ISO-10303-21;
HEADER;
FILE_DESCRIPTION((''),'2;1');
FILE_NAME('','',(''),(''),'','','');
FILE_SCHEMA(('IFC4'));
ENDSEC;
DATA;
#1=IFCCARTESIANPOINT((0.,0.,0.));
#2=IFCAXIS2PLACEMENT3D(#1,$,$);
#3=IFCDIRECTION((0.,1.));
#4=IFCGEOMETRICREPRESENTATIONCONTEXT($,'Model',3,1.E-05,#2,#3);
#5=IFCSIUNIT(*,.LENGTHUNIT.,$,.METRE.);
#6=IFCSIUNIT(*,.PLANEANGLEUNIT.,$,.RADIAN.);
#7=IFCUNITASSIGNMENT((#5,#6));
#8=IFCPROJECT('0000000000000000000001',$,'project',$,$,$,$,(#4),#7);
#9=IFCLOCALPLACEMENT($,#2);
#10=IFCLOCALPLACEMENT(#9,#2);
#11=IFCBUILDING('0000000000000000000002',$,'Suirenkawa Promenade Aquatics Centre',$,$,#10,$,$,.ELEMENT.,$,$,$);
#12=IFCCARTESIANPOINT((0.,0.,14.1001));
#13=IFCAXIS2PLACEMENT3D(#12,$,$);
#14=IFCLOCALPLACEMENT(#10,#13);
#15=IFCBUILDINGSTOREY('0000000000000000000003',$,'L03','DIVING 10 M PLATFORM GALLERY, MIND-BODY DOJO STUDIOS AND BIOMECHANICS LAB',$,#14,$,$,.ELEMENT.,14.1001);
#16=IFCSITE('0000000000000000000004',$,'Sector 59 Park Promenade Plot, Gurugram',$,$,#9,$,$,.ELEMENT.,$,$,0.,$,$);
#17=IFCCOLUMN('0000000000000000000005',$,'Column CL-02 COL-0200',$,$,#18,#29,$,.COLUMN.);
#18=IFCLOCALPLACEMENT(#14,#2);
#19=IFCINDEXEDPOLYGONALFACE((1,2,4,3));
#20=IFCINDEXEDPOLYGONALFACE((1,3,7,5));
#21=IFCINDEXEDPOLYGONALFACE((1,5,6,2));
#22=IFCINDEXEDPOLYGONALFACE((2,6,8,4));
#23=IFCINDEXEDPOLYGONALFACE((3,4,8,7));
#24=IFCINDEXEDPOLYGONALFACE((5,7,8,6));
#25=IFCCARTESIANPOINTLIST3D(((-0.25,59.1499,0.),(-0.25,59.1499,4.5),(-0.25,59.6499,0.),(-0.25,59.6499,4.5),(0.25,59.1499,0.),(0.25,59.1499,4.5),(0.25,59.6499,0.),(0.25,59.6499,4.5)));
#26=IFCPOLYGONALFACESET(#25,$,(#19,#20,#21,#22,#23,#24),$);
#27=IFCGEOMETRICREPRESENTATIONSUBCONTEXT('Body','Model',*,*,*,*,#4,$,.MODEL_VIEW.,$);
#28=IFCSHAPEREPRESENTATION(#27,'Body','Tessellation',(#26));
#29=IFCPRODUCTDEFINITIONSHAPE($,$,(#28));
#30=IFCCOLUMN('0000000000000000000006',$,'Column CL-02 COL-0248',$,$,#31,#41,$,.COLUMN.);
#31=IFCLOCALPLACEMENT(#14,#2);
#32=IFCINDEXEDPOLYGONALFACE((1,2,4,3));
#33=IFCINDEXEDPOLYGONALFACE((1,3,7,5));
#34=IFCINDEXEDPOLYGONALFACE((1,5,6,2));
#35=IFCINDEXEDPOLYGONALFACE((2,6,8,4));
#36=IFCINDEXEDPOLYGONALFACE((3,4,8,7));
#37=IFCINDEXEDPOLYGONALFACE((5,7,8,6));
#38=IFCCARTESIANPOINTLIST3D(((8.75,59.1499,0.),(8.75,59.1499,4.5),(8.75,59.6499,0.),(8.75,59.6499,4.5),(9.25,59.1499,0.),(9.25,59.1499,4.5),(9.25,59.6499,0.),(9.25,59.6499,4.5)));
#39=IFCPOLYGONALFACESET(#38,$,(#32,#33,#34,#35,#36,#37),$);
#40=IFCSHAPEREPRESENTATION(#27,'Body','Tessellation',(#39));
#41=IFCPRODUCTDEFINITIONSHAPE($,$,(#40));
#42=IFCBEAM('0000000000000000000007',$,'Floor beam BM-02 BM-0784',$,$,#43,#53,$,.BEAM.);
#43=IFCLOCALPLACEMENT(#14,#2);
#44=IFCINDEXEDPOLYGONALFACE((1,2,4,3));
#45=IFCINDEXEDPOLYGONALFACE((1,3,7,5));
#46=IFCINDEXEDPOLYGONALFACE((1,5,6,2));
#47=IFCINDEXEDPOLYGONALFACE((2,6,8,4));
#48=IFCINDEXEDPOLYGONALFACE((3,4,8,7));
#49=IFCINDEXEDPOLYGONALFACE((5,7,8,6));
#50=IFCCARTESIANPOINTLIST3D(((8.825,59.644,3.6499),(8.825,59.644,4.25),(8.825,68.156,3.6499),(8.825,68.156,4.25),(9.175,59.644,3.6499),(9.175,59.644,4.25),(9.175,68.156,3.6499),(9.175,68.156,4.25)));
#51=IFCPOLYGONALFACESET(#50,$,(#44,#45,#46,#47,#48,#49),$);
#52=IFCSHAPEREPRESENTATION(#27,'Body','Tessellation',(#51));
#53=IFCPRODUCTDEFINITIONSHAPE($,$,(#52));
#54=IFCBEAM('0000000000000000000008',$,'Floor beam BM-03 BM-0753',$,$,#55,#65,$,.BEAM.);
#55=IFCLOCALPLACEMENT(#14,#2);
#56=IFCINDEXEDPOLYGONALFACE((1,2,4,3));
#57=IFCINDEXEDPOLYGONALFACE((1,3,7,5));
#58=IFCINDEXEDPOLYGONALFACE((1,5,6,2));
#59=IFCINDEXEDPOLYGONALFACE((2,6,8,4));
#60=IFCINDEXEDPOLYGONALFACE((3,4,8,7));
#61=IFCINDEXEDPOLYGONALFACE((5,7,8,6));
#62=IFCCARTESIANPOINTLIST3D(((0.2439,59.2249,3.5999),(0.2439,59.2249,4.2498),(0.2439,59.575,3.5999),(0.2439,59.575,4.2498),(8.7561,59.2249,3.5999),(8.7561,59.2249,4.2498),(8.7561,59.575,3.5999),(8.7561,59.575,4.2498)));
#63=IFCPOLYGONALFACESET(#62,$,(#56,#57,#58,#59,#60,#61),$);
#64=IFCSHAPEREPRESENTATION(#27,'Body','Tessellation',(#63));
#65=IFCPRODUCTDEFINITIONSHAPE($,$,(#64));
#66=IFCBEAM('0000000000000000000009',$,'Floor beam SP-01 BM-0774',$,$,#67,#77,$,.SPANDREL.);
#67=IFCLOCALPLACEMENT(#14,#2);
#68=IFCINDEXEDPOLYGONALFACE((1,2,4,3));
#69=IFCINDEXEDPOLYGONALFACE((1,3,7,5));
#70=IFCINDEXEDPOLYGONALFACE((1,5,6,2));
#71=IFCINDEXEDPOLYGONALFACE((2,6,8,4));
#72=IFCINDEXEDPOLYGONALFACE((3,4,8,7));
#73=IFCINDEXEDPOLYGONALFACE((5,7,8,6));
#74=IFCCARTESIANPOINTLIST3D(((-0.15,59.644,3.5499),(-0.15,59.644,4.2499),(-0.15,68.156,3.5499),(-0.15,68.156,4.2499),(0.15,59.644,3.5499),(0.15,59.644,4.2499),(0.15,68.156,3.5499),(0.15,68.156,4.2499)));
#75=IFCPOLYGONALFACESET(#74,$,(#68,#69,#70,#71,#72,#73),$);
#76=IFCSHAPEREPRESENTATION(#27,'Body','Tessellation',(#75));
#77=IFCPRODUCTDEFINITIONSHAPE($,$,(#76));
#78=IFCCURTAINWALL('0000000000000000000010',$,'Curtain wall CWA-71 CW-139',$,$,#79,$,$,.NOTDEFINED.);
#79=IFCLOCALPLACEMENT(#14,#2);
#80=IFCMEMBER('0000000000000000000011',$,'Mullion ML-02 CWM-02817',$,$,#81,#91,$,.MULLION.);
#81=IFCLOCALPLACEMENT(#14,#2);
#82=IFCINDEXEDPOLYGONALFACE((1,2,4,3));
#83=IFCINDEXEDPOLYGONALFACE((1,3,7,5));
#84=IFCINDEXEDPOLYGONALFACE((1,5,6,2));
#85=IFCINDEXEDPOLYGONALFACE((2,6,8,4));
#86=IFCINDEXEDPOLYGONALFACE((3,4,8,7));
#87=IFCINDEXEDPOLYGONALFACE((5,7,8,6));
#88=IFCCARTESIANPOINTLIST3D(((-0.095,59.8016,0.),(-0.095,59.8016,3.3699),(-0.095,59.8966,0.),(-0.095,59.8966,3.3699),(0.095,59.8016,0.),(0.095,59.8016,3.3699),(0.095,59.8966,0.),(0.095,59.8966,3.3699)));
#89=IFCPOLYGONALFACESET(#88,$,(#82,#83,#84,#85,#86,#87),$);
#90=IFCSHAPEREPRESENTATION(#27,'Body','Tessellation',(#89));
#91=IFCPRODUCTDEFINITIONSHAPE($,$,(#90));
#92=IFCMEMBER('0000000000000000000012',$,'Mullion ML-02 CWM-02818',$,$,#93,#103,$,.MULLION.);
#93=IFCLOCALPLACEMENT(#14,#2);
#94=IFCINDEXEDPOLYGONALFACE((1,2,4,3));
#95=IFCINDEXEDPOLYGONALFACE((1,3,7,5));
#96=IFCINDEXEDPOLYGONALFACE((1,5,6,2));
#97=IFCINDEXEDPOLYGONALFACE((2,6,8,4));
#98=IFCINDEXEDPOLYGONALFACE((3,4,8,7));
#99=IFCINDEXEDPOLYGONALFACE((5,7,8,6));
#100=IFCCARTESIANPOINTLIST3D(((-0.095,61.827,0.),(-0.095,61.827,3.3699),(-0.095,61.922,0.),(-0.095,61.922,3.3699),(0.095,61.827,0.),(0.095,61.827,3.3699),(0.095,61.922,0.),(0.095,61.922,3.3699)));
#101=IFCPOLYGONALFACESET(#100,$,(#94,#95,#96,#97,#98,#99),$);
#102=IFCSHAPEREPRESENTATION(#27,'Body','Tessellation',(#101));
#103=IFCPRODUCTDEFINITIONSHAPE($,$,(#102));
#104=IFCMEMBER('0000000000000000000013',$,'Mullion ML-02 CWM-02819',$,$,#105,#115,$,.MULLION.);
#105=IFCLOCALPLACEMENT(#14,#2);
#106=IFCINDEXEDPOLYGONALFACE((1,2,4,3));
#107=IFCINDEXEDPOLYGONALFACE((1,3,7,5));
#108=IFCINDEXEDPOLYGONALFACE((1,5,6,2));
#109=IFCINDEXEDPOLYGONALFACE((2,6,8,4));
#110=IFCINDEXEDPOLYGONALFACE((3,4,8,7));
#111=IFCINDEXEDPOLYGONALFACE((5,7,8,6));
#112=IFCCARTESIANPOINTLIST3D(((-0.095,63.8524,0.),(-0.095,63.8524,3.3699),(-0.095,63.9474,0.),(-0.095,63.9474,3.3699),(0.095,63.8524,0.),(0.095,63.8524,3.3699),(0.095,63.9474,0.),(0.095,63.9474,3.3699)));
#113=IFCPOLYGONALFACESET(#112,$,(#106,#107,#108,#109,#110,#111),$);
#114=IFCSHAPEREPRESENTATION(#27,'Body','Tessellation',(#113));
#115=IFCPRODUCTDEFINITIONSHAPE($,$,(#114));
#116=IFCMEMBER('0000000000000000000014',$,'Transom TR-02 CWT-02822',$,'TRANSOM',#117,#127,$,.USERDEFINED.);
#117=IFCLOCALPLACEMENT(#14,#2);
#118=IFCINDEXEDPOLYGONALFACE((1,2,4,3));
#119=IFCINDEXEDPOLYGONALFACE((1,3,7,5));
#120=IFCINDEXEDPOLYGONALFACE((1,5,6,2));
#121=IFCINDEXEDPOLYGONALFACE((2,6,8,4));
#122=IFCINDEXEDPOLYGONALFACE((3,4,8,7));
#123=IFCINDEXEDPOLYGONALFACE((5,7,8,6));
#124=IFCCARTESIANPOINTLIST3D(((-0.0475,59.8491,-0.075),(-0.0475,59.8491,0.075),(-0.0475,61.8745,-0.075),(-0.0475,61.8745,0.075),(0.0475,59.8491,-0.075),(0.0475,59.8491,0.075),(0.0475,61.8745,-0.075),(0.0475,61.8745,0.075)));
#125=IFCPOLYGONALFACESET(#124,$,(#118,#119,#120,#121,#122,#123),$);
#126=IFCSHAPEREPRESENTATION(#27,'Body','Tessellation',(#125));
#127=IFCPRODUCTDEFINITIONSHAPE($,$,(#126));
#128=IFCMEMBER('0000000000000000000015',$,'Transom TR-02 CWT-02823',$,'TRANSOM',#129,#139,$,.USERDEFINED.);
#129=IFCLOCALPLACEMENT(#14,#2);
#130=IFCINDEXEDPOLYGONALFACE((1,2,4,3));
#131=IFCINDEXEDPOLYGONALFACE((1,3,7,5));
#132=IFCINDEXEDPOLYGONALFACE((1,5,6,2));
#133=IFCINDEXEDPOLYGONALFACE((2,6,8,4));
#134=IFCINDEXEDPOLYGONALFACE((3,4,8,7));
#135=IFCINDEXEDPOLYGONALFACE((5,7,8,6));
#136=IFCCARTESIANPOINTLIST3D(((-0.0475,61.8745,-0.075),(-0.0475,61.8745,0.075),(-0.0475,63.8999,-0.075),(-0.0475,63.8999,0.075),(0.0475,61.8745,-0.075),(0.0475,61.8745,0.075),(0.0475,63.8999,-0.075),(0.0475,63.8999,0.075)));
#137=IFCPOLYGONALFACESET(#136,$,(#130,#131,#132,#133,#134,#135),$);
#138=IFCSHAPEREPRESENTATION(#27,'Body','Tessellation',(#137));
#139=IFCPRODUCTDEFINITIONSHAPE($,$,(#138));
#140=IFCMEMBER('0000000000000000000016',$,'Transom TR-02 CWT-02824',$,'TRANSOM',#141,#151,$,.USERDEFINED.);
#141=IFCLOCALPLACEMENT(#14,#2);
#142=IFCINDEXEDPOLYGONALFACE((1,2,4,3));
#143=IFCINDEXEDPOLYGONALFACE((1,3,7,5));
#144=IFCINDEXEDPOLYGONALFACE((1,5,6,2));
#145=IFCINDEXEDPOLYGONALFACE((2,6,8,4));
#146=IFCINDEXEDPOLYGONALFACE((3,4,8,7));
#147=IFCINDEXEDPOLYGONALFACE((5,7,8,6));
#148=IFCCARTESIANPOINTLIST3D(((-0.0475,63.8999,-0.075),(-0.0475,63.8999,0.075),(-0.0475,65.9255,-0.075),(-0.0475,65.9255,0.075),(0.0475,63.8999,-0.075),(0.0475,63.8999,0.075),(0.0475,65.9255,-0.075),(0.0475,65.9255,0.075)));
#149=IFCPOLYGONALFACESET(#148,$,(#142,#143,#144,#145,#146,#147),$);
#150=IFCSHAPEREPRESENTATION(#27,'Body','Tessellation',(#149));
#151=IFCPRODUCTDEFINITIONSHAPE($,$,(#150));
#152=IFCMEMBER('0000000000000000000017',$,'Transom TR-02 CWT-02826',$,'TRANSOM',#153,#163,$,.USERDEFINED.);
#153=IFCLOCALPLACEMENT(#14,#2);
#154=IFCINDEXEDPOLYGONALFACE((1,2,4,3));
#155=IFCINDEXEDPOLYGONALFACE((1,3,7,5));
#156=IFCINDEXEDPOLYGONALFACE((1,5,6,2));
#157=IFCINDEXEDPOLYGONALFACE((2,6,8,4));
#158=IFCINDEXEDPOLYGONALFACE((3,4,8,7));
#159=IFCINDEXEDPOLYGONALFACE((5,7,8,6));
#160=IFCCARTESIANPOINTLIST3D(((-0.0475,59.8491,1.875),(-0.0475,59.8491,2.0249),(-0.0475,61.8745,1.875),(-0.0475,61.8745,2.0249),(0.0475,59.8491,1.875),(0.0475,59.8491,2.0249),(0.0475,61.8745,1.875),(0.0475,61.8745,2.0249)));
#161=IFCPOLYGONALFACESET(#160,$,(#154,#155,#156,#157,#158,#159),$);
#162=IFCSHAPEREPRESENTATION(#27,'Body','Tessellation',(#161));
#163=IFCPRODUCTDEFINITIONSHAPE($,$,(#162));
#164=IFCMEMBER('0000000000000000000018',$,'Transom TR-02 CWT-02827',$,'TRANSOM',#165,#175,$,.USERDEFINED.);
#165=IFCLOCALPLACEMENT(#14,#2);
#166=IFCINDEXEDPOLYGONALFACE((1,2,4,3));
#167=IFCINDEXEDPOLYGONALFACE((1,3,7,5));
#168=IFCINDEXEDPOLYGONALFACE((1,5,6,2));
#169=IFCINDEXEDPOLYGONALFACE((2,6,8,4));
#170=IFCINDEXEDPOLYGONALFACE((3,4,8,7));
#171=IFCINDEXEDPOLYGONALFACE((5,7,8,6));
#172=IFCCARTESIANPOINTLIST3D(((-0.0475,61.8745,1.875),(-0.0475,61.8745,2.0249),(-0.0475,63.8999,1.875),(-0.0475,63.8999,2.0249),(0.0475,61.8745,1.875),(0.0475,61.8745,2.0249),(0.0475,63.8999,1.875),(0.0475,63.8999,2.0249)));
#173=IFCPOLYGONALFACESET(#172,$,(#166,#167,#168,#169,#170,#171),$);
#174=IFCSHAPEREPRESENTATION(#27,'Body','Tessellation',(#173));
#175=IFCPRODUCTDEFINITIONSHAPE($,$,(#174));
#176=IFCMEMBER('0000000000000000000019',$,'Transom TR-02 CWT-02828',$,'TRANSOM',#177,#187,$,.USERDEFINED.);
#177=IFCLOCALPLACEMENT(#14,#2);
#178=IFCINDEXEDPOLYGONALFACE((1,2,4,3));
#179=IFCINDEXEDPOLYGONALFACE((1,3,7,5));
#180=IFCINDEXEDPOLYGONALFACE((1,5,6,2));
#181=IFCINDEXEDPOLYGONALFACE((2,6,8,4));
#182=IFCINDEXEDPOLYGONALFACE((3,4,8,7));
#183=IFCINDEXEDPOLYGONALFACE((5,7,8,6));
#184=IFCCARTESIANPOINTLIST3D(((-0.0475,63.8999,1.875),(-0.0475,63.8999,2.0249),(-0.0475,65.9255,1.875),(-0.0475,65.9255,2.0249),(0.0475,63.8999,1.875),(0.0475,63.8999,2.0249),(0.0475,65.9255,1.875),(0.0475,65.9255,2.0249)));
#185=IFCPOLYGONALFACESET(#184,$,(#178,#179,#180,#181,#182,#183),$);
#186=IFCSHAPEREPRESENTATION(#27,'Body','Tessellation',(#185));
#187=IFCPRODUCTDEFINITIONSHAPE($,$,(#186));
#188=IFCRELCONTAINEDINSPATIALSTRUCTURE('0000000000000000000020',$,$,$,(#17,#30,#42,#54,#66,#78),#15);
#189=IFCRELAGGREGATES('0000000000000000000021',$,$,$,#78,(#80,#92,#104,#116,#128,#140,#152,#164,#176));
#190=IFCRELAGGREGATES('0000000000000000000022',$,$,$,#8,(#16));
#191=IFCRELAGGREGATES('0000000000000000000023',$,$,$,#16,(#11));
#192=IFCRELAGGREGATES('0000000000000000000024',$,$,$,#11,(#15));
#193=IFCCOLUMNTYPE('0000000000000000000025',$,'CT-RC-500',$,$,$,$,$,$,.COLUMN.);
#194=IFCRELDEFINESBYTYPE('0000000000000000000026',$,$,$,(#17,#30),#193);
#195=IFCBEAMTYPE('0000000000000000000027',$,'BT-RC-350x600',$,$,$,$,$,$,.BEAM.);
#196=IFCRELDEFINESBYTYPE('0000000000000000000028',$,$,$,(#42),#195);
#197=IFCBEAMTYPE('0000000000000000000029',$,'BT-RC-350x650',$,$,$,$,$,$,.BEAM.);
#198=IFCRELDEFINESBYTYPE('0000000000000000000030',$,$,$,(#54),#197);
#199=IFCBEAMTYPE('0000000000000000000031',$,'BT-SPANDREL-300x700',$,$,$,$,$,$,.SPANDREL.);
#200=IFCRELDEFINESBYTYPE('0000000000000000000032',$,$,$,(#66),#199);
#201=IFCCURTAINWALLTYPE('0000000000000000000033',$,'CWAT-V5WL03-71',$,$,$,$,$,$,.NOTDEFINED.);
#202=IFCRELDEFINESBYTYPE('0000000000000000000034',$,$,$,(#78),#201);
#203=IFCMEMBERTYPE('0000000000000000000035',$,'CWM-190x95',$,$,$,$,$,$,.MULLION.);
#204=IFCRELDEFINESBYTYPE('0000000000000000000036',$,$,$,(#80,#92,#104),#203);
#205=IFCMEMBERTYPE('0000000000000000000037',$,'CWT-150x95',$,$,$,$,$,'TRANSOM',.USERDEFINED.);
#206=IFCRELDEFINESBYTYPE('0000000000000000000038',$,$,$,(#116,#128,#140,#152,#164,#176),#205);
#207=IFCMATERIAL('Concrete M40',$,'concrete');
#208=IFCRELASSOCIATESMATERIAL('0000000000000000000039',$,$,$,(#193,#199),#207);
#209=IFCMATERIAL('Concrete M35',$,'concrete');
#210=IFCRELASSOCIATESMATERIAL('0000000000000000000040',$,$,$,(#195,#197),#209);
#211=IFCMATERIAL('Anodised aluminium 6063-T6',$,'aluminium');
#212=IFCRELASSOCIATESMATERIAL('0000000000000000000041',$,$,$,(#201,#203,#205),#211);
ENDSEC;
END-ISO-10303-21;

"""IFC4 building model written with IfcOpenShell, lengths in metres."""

from ifc_helpers import new_model, si_unit, direction, frame, origin, origin_2d, place, context, subcontext, project, spatial, rectangle, extrude, material, material_profile, profile_set, type_object, element, aggregate, save


model = new_model("IFC4")

# Units and contexts
model_context = context("Model", 3, precision=1e-05, world=origin(), true_north=direction((0.0, 1.0)))
body_context = subcontext(model_context, "Body", "Model", "MODEL_VIEW")
ifc_project = project(units=[si_unit("LENGTHUNIT", "METRE"), si_unit("PLANEANGLEUNIT", "RADIAN")], contexts=[model_context])

# Site, building, storey
site_placement = place(None, origin())
site = spatial("IfcSite", under=ifc_project, at=site_placement, Name="Sector 59 Park Promenade Plot, Gurugram", CompositionType="ELEMENT", RefElevation=0.0)
building_placement = place(site_placement, origin())
building = spatial("IfcBuilding", under=site, at=building_placement, Name="Suirenkawa Promenade Aquatics Centre", CompositionType="ELEMENT")
storey_placement = place(building_placement, frame((0.0, 0.0, 14.1001)))
storey = spatial("IfcBuildingStorey", under=building, at=storey_placement, Name="L03", Description="DIVING 10 M PLATFORM GALLERY, MIND-BODY DOJO STUDIOS AND BIOMECHANICS LAB", CompositionType="ELEMENT", Elevation=14.1001)

# Columns
ifc_material_1 = material(Name="Concrete M40", Category="concrete")
ifc_material_profile_1 = material_profile(ifc_material_1, rectangle(XDim=0.5, YDim=0.5, at=origin_2d()), Name="RC COL 500x500", Category="concrete")
ifc_profile_set_1 = profile_set([ifc_material_profile_1], Name="Concrete M40")
column_type = type_object("IfcColumnType", Name="CT-RC-500", PredefinedType="COLUMN", material=ifc_profile_set_1)
for number, where, z_axis, x_axis, name in (
    (1, (0.0, 59.3999, 0.0), (0.0, 0.0, 1.0), (1.0, 0.0, 0.0), "Column CL-02 COL-0200"),
    (2, (9.0, 59.3999, 0.0), (0.0, 0.0, 1.0), (1.0, 0.0, 0.0), "Column CL-02 COL-0248"),
):
    element("IfcColumn", number, at=place(storey_placement, frame(where, z_axis=z_axis, x_axis=x_axis)), inside=storey, type_object=column_type, Name=name, PredefinedType="COLUMN", context=body_context, shape_type="SweptSolid", body=[
        extrude(rectangle(XDim=0.5, YDim=0.5, at=origin_2d()), origin(), (0.0, 0.0, 1.0), 4.5),
    ])

# Beams
ifc_material_2 = material(Name="Concrete M35", Category="concrete")
ifc_material_profile_2 = material_profile(ifc_material_2, rectangle(XDim=0.3501, YDim=0.6001, at=origin_2d()), Name="RC BM 350x600", Category="concrete")
ifc_profile_set_2 = profile_set([ifc_material_profile_2], Name="Concrete M35")
beam_type_1 = type_object("IfcBeamType", Name="BT-RC-350x600", PredefinedType="BEAM", material=ifc_profile_set_2)
beam_1_placement = place(storey_placement, frame((9.0, 59.644, 3.95), z_axis=(0.0, 1.0, 0.0), x_axis=(-1.0, 0.0, 0.0)))
element("IfcBeam", 3, at=beam_1_placement, inside=storey, type_object=beam_type_1, Name="Floor beam BM-02 BM-0784", PredefinedType="BEAM", context=body_context, shape_type="SweptSolid", body=[
    extrude(rectangle(XDim=0.3501, YDim=0.6001, at=origin_2d()), origin(), (0.0, 0.0, 1.0), 8.512),
])
ifc_material_profile_3 = material_profile(ifc_material_2, rectangle(XDim=0.3501, YDim=0.6499, at=origin_2d()), Name="RC BM 350x650", Category="concrete")
ifc_profile_set_3 = profile_set([ifc_material_profile_3], Name="Concrete M35")
beam_type_2 = type_object("IfcBeamType", Name="BT-RC-350x650", PredefinedType="BEAM", material=ifc_profile_set_3)
beam_2_placement = place(storey_placement, frame((0.2439, 59.3999, 3.9248), z_axis=(1.0, 0.0, 0.0), x_axis=(0.0, 1.0, 0.0)))
element("IfcBeam", 4, at=beam_2_placement, inside=storey, type_object=beam_type_2, Name="Floor beam BM-03 BM-0753", PredefinedType="BEAM", context=body_context, shape_type="SweptSolid", body=[
    extrude(rectangle(XDim=0.3501, YDim=0.6499, at=origin_2d()), origin(), (0.0, 0.0, 1.0), 8.5122),
])
ifc_material_profile_4 = material_profile(ifc_material_1, rectangle(XDim=0.3, YDim=0.7, at=origin_2d()), Name="RC SPANDREL 300x700", Category="concrete")
ifc_profile_set_4 = profile_set([ifc_material_profile_4], Name="Concrete M40")
beam_type_3 = type_object("IfcBeamType", Name="BT-SPANDREL-300x700", PredefinedType="SPANDREL", material=ifc_profile_set_4)
beam_3_placement = place(storey_placement, frame((0.0, 59.644, 3.8999), z_axis=(0.0, 1.0, 0.0), x_axis=(-1.0, 0.0, 0.0)))
element("IfcBeam", 5, at=beam_3_placement, inside=storey, type_object=beam_type_3, Name="Floor beam SP-01 BM-0774", PredefinedType="SPANDREL", context=body_context, shape_type="SweptSolid", body=[
    extrude(rectangle(XDim=0.3, YDim=0.7, at=origin_2d()), origin(), (0.0, 0.0, 1.0), 8.512),
])

# Curtain wall, members
ifc_material_3 = material(Name="Anodised aluminium 6063-T6", Category="aluminium")
curtain_wall_type = type_object("IfcCurtainWallType", Name="CWAT-V5WL03-71", PredefinedType="NOTDEFINED", material=ifc_material_3)
curtain_wall_placement = place(storey_placement, origin())
curtain_wall = element("IfcCurtainWall", 6, at=curtain_wall_placement, inside=storey, type_object=curtain_wall_type, Name="Curtain wall CWA-71 CW-139", PredefinedType="NOTDEFINED")
ifc_material_profile_5 = material_profile(ifc_material_3, rectangle(XDim=0.095, YDim=0.1899, at=origin_2d()), Name="ALU MULL 95x190", Category="aluminium")
ifc_profile_set_5 = profile_set([ifc_material_profile_5], Name="Anodised aluminium 6063-T6")
member_type_1 = type_object("IfcMemberType", Name="CWM-190x95", PredefinedType="MULLION", material=ifc_profile_set_5)
member_1_placement = place(storey_placement, frame((0.0, 59.8491, 0.0), z_axis=(0.0, 0.0, 1.0), x_axis=(0.0, 1.0, 0.0)))
member_1 = element("IfcMember", 7, at=member_1_placement, type_object=member_type_1, Name="Mullion ML-02 CWM-02817", PredefinedType="MULLION", context=body_context, shape_type="SweptSolid", body=[
    extrude(rectangle(XDim=0.095, YDim=0.1899, at=origin_2d()), origin(), (0.0, 0.0, 1.0), 3.3699),
])
member_2_placement = place(storey_placement, frame((0.0, 61.8745, 0.0), z_axis=(0.0, 0.0, 1.0), x_axis=(0.0, 1.0, 0.0)))
member_2 = element("IfcMember", 8, at=member_2_placement, type_object=member_type_1, Name="Mullion ML-02 CWM-02818", PredefinedType="MULLION", context=body_context, shape_type="SweptSolid", body=[
    extrude(rectangle(XDim=0.095, YDim=0.1899, at=origin_2d()), origin(), (0.0, 0.0, 1.0), 3.3699),
])
member_3_placement = place(storey_placement, frame((0.0, 63.8999, 0.0), z_axis=(0.0, 0.0, 1.0), x_axis=(0.0, 1.0, 0.0)))
member_3 = element("IfcMember", 9, at=member_3_placement, type_object=member_type_1, Name="Mullion ML-02 CWM-02819", PredefinedType="MULLION", context=body_context, shape_type="SweptSolid", body=[
    extrude(rectangle(XDim=0.095, YDim=0.1899, at=origin_2d()), origin(), (0.0, 0.0, 1.0), 3.3699),
])
ifc_material_profile_6 = material_profile(ifc_material_3, rectangle(XDim=0.095, YDim=0.1499, at=origin_2d()), Name="ALU TRAN 95x150", Category="aluminium")
ifc_profile_set_6 = profile_set([ifc_material_profile_6], Name="Anodised aluminium 6063-T6")
member_type_2 = type_object("IfcMemberType", Name="CWT-150x95", ElementType="TRANSOM", PredefinedType="USERDEFINED", material=ifc_profile_set_6)
member_4_placement = place(storey_placement, frame((0.0, 59.8491, 0.0), z_axis=(0.0, 1.0, 0.0), x_axis=(-1.0, 0.0, 0.0)))
member_4 = element("IfcMember", 10, at=member_4_placement, type_object=member_type_2, Name="Transom TR-02 CWT-02822", ObjectType="TRANSOM", PredefinedType="USERDEFINED", context=body_context, shape_type="SweptSolid", body=[
    extrude(rectangle(XDim=0.095, YDim=0.1499, at=origin_2d()), origin(), (0.0, 0.0, 1.0), 2.0254),
])
member_5_placement = place(storey_placement, frame((0.0, 61.8745, 0.0), z_axis=(0.0, 1.0, 0.0), x_axis=(-1.0, 0.0, 0.0)))
member_5 = element("IfcMember", 11, at=member_5_placement, type_object=member_type_2, Name="Transom TR-02 CWT-02823", ObjectType="TRANSOM", PredefinedType="USERDEFINED", context=body_context, shape_type="SweptSolid", body=[
    extrude(rectangle(XDim=0.095, YDim=0.1499, at=origin_2d()), origin(), (0.0, 0.0, 1.0), 2.0254),
])
member_6_placement = place(storey_placement, frame((0.0, 63.8999, 0.0), z_axis=(0.0, 1.0, 0.0), x_axis=(-1.0, 0.0, 0.0)))
member_6 = element("IfcMember", 12, at=member_6_placement, type_object=member_type_2, Name="Transom TR-02 CWT-02824", ObjectType="TRANSOM", PredefinedType="USERDEFINED", context=body_context, shape_type="SweptSolid", body=[
    extrude(rectangle(XDim=0.095, YDim=0.1499, at=origin_2d()), origin(), (0.0, 0.0, 1.0), 2.0256),
])
member_7_placement = place(storey_placement, frame((0.0, 59.8491, 1.95), z_axis=(0.0, 1.0, 0.0), x_axis=(-1.0, 0.0, 0.0)))
member_7 = element("IfcMember", 13, at=member_7_placement, type_object=member_type_2, Name="Transom TR-02 CWT-02826", ObjectType="TRANSOM", PredefinedType="USERDEFINED", context=body_context, shape_type="SweptSolid", body=[
    extrude(rectangle(XDim=0.095, YDim=0.1499, at=origin_2d()), origin(), (0.0, 0.0, 1.0), 2.0254),
])
member_8_placement = place(storey_placement, frame((0.0, 61.8745, 1.95), z_axis=(0.0, 1.0, 0.0), x_axis=(-1.0, 0.0, 0.0)))
member_8 = element("IfcMember", 14, at=member_8_placement, type_object=member_type_2, Name="Transom TR-02 CWT-02827", ObjectType="TRANSOM", PredefinedType="USERDEFINED", context=body_context, shape_type="SweptSolid", body=[
    extrude(rectangle(XDim=0.095, YDim=0.1499, at=origin_2d()), origin(), (0.0, 0.0, 1.0), 2.0254),
])
member_9_placement = place(storey_placement, frame((0.0, 63.8999, 1.95), z_axis=(0.0, 1.0, 0.0), x_axis=(-1.0, 0.0, 0.0)))
member_9 = element("IfcMember", 15, at=member_9_placement, type_object=member_type_2, Name="Transom TR-02 CWT-02828", ObjectType="TRANSOM", PredefinedType="USERDEFINED", context=body_context, shape_type="SweptSolid", body=[
    extrude(rectangle(XDim=0.095, YDim=0.1499, at=origin_2d()), origin(), (0.0, 0.0, 1.0), 2.0256),
])
aggregate(curtain_wall, [member_1, member_2, member_3, member_4, member_5, member_6, member_7, member_8, member_9])

save(model, "model.ifc")
